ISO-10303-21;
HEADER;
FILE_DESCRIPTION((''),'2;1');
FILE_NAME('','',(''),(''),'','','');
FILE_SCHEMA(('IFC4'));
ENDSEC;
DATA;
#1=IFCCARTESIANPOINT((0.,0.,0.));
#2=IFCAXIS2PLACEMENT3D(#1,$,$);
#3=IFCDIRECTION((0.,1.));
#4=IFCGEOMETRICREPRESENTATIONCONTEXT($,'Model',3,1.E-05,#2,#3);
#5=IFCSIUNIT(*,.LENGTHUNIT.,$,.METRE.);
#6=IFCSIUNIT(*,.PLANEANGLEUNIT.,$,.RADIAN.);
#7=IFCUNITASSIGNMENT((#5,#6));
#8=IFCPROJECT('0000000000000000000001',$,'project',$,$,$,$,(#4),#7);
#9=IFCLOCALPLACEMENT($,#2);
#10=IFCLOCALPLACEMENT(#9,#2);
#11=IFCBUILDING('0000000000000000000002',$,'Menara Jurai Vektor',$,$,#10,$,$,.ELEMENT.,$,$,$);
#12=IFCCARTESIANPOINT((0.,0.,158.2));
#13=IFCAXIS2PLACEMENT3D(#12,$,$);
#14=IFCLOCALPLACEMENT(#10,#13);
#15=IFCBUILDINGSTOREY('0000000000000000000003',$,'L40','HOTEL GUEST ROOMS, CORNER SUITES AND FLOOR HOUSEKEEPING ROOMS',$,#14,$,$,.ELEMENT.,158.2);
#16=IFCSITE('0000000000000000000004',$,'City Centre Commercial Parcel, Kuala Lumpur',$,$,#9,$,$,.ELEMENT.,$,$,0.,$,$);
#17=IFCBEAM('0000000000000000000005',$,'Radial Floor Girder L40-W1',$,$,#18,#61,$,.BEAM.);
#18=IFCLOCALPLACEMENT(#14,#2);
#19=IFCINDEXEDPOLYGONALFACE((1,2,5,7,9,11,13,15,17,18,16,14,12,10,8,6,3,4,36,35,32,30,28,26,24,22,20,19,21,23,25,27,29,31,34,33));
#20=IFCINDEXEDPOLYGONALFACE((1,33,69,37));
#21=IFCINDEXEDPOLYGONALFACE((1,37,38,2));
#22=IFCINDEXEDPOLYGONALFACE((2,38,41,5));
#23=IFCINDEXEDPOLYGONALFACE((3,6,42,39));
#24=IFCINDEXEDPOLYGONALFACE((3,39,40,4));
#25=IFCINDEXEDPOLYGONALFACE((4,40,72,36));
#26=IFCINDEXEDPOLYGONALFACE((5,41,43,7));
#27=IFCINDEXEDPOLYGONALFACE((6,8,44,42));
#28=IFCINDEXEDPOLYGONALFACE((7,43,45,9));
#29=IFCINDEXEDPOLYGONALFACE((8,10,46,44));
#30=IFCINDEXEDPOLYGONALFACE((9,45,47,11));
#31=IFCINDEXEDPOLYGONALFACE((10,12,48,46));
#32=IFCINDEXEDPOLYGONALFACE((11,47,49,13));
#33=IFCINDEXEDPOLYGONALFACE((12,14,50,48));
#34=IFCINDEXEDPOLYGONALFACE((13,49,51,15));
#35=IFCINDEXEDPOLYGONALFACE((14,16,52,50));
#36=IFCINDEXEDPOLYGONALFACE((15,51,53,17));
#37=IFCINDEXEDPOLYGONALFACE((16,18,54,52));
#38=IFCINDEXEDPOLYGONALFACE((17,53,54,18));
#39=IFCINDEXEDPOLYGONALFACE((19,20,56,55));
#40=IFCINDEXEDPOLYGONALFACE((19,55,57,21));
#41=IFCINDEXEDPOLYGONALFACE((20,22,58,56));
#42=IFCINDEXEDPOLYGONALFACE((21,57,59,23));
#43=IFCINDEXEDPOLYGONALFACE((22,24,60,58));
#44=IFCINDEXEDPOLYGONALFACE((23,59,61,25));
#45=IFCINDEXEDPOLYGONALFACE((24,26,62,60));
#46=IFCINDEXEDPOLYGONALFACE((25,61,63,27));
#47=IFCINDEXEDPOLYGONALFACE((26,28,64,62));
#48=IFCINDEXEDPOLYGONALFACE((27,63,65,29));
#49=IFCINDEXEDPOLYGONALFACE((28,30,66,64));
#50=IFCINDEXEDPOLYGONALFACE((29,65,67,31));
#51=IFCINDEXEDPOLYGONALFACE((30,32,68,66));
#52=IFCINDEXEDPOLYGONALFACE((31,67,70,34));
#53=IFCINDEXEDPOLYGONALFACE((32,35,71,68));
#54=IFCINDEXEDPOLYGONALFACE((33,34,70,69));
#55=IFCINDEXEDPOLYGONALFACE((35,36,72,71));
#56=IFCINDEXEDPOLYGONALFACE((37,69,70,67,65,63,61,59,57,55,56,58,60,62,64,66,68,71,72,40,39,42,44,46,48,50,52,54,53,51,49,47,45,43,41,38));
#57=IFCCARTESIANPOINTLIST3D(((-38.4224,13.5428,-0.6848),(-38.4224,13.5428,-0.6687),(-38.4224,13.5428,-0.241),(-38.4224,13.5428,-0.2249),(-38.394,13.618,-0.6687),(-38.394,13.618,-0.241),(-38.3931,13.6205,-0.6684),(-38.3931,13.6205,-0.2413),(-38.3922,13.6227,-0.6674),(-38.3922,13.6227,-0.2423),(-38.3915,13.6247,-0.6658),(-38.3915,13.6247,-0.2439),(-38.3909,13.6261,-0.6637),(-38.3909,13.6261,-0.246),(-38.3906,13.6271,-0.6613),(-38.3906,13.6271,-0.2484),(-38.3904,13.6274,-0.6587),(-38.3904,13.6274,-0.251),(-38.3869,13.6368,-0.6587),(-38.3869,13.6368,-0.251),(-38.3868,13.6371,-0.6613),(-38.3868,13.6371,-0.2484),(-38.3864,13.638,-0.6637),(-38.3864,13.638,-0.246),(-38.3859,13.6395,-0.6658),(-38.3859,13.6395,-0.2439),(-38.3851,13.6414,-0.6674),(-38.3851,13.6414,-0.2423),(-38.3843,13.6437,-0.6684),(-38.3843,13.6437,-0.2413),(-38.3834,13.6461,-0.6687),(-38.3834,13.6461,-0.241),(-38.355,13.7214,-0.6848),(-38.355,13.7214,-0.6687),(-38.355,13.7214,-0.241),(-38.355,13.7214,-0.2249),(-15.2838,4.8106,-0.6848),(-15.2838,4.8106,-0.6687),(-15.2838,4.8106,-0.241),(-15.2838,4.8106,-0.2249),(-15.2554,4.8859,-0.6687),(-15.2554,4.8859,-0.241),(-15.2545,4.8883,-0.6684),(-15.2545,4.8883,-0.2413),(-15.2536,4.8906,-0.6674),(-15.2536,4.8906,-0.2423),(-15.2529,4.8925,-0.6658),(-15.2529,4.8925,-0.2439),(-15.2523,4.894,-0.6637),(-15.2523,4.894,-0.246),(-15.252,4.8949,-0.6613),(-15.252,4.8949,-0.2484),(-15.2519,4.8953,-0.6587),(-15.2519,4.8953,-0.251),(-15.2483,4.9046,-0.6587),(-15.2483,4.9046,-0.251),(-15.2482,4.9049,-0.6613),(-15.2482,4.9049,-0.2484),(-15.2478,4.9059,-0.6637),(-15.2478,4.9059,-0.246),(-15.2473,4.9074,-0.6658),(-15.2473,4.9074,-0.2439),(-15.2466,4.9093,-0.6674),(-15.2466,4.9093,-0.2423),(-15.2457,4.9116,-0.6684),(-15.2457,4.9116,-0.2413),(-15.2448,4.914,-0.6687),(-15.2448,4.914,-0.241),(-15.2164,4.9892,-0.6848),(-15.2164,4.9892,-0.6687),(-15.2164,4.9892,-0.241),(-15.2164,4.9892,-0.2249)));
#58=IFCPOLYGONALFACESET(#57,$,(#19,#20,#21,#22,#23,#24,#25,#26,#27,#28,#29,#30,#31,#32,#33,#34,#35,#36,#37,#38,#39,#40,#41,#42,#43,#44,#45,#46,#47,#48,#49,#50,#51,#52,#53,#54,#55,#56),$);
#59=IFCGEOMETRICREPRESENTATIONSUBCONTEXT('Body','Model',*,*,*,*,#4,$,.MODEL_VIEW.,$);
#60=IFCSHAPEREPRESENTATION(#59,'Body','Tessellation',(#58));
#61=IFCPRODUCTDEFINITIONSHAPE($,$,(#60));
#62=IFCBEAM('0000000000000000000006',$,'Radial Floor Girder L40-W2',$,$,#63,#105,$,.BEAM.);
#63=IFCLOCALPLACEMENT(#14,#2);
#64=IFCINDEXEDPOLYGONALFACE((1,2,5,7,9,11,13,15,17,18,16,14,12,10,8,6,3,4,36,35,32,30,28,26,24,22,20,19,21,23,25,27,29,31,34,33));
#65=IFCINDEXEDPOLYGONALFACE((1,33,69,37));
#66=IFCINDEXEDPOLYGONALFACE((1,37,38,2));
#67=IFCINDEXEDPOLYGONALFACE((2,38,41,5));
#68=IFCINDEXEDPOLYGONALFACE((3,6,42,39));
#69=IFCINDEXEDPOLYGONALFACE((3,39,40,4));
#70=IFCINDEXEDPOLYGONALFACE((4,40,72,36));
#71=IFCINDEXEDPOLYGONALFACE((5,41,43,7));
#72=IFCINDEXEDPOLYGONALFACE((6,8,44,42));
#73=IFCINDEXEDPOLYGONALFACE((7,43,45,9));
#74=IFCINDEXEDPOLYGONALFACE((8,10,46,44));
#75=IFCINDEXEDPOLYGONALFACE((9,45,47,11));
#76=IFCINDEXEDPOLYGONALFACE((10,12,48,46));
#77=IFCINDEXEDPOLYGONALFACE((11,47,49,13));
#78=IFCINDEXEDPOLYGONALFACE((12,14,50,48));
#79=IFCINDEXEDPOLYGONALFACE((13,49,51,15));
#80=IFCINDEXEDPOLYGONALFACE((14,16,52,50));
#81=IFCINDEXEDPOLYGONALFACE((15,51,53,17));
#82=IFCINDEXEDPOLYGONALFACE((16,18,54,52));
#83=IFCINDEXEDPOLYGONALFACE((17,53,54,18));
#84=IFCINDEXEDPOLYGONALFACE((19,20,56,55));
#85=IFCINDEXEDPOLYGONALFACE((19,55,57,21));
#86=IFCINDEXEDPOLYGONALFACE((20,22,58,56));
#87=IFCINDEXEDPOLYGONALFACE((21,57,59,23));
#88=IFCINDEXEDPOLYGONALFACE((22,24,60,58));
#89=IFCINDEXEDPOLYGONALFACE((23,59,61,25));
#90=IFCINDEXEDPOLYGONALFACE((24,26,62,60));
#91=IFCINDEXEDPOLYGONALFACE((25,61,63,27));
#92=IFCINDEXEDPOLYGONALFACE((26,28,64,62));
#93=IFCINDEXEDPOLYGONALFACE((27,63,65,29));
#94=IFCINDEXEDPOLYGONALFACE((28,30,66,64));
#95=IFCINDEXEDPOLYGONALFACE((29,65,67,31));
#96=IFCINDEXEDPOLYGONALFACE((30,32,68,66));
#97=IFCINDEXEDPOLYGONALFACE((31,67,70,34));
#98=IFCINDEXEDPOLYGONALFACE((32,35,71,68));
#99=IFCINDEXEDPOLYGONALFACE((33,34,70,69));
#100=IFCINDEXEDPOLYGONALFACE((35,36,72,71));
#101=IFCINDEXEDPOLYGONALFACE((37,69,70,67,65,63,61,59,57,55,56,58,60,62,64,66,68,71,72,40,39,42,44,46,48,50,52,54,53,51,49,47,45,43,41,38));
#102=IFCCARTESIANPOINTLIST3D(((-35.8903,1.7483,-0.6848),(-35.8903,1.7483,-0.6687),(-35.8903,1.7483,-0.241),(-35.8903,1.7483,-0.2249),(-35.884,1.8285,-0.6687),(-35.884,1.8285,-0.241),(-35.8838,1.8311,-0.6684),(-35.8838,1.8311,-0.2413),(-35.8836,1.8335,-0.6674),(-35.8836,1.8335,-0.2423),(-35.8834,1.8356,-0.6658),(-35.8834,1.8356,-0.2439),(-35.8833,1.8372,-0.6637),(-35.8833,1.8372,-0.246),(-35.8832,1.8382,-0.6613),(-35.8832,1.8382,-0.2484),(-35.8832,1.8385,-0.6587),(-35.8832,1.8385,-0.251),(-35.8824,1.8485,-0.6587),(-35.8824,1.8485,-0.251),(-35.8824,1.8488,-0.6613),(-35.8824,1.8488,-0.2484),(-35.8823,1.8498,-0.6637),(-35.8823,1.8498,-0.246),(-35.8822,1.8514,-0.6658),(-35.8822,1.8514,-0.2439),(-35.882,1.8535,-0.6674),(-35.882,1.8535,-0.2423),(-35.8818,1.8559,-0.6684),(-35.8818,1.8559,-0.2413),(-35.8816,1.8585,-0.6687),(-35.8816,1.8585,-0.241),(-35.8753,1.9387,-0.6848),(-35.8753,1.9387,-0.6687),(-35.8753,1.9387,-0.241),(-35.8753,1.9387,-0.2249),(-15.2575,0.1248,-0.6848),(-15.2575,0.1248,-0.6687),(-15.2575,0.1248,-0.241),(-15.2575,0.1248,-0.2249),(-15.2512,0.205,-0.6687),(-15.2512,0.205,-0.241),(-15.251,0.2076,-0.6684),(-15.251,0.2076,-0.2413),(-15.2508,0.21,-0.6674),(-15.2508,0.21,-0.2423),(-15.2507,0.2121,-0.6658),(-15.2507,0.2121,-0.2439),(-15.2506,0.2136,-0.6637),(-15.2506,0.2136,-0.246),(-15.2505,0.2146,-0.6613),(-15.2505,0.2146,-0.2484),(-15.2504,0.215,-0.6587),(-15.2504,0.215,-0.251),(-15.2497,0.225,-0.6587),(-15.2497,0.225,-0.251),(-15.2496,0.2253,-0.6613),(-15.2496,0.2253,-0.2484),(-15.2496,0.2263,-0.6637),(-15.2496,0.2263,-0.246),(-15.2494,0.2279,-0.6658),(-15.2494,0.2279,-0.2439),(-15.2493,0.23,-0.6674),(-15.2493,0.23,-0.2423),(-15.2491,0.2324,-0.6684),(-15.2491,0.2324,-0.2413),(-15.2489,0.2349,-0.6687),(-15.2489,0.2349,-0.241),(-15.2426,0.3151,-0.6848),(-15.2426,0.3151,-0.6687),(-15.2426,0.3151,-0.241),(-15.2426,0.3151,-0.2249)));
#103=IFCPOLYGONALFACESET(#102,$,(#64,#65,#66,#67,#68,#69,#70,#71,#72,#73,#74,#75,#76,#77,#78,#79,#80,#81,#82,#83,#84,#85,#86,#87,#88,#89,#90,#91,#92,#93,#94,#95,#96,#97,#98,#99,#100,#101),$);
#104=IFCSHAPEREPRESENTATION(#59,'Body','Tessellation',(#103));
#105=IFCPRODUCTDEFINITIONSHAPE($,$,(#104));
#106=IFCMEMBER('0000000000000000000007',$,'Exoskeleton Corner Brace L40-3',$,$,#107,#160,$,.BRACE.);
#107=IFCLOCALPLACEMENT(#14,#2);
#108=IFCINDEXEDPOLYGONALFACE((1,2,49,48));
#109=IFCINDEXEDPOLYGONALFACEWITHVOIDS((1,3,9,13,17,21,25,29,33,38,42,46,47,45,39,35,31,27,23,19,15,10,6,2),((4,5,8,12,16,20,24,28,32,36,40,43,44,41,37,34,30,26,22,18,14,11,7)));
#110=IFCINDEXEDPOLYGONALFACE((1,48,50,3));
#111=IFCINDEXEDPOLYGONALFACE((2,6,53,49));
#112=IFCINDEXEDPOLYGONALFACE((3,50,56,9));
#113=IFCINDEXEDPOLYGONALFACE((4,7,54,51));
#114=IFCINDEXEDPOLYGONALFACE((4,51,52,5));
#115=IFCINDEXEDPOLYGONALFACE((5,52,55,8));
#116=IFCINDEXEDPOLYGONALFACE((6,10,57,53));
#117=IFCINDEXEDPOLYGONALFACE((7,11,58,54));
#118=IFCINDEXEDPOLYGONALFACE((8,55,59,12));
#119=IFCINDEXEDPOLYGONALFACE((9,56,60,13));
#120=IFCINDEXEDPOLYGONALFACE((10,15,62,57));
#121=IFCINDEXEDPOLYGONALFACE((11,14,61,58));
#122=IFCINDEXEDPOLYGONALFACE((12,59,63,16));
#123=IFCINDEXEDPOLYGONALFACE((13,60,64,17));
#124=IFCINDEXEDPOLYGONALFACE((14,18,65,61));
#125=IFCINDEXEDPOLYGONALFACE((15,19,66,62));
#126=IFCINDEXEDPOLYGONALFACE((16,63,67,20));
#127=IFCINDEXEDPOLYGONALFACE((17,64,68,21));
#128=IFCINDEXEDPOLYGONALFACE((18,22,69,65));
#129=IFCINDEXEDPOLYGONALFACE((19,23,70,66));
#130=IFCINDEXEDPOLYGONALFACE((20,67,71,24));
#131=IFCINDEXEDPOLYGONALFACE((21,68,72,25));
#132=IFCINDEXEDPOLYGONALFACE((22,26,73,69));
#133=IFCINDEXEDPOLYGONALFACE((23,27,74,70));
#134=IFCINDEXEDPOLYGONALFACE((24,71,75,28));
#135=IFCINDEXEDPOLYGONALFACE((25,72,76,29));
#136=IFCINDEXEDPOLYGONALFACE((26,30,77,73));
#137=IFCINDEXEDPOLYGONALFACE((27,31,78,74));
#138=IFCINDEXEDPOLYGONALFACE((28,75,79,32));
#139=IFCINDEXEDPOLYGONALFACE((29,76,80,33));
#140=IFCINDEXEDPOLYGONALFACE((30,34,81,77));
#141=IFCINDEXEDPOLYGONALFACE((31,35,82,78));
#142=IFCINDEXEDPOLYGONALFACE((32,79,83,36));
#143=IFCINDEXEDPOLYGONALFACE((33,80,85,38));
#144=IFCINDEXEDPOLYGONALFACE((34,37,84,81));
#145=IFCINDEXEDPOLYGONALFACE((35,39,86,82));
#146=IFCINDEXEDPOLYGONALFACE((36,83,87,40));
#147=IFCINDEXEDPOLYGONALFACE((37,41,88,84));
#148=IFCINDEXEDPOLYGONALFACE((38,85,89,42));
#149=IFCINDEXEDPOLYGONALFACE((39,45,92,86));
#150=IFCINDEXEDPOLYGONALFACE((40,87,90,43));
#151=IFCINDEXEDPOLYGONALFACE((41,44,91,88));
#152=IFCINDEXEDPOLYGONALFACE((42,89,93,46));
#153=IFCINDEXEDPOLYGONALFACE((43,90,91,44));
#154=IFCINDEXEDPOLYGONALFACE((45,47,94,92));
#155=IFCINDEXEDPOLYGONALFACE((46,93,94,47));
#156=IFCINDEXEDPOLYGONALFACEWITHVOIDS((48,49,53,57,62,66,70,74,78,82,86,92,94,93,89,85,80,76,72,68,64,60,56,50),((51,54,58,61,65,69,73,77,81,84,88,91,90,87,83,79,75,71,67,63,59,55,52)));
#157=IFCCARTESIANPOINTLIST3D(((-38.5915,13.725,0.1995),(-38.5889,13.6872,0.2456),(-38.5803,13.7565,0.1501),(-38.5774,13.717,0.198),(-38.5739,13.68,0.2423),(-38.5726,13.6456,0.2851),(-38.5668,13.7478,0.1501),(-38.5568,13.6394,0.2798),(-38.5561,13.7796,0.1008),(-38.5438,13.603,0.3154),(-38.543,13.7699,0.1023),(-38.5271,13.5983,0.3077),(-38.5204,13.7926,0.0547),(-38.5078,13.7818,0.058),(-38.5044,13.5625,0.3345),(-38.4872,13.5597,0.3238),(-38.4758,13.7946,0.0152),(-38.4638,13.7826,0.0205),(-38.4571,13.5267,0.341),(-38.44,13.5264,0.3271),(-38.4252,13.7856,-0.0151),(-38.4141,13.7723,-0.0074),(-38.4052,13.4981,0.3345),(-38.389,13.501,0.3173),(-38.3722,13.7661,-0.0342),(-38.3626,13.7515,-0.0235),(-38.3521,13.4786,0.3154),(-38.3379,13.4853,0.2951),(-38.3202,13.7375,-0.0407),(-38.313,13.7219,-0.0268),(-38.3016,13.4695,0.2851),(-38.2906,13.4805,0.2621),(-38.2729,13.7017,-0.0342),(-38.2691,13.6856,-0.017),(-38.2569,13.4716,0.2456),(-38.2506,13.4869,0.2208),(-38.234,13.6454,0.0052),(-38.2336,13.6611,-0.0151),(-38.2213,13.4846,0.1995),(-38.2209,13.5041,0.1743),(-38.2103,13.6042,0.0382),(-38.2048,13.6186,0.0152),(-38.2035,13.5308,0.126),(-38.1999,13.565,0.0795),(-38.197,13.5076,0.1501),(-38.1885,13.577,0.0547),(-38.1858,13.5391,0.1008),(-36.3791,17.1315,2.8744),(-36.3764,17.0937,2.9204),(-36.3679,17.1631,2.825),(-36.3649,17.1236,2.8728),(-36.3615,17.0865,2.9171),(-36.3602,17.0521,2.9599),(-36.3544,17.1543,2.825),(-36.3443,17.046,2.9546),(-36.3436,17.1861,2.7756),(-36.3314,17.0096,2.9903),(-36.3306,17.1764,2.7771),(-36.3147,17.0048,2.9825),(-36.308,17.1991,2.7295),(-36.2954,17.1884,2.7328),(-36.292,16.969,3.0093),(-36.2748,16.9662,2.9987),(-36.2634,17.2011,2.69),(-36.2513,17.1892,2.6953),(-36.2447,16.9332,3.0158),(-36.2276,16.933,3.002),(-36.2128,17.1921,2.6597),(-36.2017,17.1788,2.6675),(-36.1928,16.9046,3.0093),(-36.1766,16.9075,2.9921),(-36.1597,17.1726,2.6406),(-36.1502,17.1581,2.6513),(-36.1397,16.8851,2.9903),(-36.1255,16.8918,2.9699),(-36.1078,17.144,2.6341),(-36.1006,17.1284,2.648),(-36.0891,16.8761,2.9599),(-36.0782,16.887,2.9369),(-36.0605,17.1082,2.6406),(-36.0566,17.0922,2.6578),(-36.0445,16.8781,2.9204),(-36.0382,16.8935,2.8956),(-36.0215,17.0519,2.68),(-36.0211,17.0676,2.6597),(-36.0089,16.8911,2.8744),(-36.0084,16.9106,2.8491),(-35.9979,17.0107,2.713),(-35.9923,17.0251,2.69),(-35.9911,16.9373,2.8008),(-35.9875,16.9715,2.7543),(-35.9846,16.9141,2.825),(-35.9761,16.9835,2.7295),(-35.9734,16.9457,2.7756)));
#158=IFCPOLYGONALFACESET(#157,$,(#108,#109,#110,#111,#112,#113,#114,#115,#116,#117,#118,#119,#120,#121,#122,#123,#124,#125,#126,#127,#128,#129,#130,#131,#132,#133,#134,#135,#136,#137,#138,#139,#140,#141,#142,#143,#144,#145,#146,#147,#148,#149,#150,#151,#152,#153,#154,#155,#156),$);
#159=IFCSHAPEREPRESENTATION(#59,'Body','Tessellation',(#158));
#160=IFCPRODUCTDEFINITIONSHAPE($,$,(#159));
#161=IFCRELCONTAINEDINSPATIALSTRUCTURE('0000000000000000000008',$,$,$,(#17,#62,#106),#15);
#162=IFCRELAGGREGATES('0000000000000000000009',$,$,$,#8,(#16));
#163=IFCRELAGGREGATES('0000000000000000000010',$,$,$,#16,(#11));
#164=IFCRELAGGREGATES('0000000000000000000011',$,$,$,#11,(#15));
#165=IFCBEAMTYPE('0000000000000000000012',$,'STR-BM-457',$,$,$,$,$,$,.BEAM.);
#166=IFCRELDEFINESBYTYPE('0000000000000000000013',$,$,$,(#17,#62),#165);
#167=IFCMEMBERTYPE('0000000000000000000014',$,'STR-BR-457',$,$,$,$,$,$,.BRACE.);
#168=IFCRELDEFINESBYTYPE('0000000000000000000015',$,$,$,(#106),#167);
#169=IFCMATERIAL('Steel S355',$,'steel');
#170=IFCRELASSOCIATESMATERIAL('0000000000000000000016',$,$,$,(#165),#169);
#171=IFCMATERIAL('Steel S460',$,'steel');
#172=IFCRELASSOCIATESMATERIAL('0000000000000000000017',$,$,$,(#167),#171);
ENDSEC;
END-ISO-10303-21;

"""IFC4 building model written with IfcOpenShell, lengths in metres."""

from ifc_helpers import new_model, si_unit, direction, frame, origin, origin_2d, place, context, subcontext, project, spatial, hollow_circle, i_section, extrude, material, material_profile, profile_set, type_object, element, save


model = new_model("IFC4")

# Units and contexts
model_context = context("Model", 3, precision=1e-05, world=origin(), true_north=direction((0.0, 1.0)))
body_context = subcontext(model_context, "Body", "Model", "MODEL_VIEW")
ifc_project = project(units=[si_unit("LENGTHUNIT", "METRE"), si_unit("PLANEANGLEUNIT", "RADIAN")], contexts=[model_context])

# Site, building, storey
site_placement = place(None, origin())
site = spatial("IfcSite", under=ifc_project, at=site_placement, Name="City Centre Commercial Parcel, Kuala Lumpur", CompositionType="ELEMENT", RefElevation=0.0)
building_placement = place(site_placement, origin())
building = spatial("IfcBuilding", under=site, at=building_placement, Name="Menara Jurai Vektor", CompositionType="ELEMENT")
storey_placement = place(building_placement, frame((0.0, 0.0, 158.2)))
storey = spatial("IfcBuildingStorey", under=building, at=storey_placement, Name="L40", Description="HOTEL GUEST ROOMS, CORNER SUITES AND FLOOR HOUSEKEEPING ROOMS", CompositionType="ELEMENT", Elevation=158.2)

# Shared definitions
ifc_material_1 = material(Name="Steel S460", Category="steel")

# Beams
ifc_material_2 = material(Name="Steel S355", Category="steel")
ifc_material_profile_1 = material_profile(ifc_material_2, i_section(OverallWidth=0.1909, OverallDepth=0.46, WebThickness=0.01, FlangeThickness=0.0161, FilletRadius=0.01, at=origin_2d()), Name="UKB 457x191x82")
ifc_profile_set_1 = profile_set([ifc_material_profile_1], Name="Steel S355")
beam_type_1 = type_object("IfcBeamType", Name="STR-BM-457", PredefinedType="BEAM", material=ifc_profile_set_1)
beam_1_placement = place(storey_placement, frame((-38.3887, 13.6321, -0.4548), z_axis=(0.935594, -0.353079, 0.0), x_axis=(0.353079, 0.935594, 0.0)))
element("IfcBeam", 1, at=beam_1_placement, inside=storey, type_object=beam_type_1, Name="Radial Floor Girder L40-W1", PredefinedType="BEAM", context=body_context, shape_type="SweptSolid", body=[
    extrude(i_section(OverallWidth=0.1909, OverallDepth=0.46, WebThickness=0.01, FlangeThickness=0.0161, FilletRadius=0.01, at=origin_2d()), origin(), (0.0, 0.0, 1.0), 24.7314),
])
beam_2_placement = place(storey_placement, frame((-35.8828, 1.8435, -0.4548), z_axis=(0.996918, -0.078445, 0.0), x_axis=(0.078445, 0.996918, 0.0)))
element("IfcBeam", 2, at=beam_2_placement, inside=storey, type_object=beam_type_1, Name="Radial Floor Girder L40-W2", PredefinedType="BEAM", context=body_context, shape_type="SweptSolid", body=[
    extrude(i_section(OverallWidth=0.1909, OverallDepth=0.46, WebThickness=0.01, FlangeThickness=0.0161, FilletRadius=0.01, at=origin_2d()), origin(), (0.0, 0.0, 1.0), 20.6965),
])

# Member
ifc_material_profile_2 = material_profile(ifc_material_1, hollow_circle(Radius=0.2285, WallThickness=0.0161, at=origin_2d()), Name="CHS 457x16")
ifc_profile_set_2 = profile_set([ifc_material_profile_2], Name="Steel S460")
member_type_1 = type_object("IfcMemberType", Name="STR-BR-457", PredefinedType="BRACE", material=ifc_profile_set_2)
member_1_placement = place(storey_placement, frame((-38.3887, 13.6321, 0.1501), z_axis=(0.4549, 0.700422, 0.549977), x_axis=(-0.838648, 0.544674, 0.0)))
element("IfcMember", 3, at=member_1_placement, inside=storey, type_object=member_type_1, Name="Exoskeleton Corner Brace L40-3", PredefinedType="BRACE", context=body_context, shape_type="SweptSolid", body=[
    extrude(hollow_circle(Radius=0.2285, WallThickness=0.0161, at=origin_2d()), origin(), (0.0, 0.0, 1.0), 4.8635),
])

save(model, "model.ifc")
